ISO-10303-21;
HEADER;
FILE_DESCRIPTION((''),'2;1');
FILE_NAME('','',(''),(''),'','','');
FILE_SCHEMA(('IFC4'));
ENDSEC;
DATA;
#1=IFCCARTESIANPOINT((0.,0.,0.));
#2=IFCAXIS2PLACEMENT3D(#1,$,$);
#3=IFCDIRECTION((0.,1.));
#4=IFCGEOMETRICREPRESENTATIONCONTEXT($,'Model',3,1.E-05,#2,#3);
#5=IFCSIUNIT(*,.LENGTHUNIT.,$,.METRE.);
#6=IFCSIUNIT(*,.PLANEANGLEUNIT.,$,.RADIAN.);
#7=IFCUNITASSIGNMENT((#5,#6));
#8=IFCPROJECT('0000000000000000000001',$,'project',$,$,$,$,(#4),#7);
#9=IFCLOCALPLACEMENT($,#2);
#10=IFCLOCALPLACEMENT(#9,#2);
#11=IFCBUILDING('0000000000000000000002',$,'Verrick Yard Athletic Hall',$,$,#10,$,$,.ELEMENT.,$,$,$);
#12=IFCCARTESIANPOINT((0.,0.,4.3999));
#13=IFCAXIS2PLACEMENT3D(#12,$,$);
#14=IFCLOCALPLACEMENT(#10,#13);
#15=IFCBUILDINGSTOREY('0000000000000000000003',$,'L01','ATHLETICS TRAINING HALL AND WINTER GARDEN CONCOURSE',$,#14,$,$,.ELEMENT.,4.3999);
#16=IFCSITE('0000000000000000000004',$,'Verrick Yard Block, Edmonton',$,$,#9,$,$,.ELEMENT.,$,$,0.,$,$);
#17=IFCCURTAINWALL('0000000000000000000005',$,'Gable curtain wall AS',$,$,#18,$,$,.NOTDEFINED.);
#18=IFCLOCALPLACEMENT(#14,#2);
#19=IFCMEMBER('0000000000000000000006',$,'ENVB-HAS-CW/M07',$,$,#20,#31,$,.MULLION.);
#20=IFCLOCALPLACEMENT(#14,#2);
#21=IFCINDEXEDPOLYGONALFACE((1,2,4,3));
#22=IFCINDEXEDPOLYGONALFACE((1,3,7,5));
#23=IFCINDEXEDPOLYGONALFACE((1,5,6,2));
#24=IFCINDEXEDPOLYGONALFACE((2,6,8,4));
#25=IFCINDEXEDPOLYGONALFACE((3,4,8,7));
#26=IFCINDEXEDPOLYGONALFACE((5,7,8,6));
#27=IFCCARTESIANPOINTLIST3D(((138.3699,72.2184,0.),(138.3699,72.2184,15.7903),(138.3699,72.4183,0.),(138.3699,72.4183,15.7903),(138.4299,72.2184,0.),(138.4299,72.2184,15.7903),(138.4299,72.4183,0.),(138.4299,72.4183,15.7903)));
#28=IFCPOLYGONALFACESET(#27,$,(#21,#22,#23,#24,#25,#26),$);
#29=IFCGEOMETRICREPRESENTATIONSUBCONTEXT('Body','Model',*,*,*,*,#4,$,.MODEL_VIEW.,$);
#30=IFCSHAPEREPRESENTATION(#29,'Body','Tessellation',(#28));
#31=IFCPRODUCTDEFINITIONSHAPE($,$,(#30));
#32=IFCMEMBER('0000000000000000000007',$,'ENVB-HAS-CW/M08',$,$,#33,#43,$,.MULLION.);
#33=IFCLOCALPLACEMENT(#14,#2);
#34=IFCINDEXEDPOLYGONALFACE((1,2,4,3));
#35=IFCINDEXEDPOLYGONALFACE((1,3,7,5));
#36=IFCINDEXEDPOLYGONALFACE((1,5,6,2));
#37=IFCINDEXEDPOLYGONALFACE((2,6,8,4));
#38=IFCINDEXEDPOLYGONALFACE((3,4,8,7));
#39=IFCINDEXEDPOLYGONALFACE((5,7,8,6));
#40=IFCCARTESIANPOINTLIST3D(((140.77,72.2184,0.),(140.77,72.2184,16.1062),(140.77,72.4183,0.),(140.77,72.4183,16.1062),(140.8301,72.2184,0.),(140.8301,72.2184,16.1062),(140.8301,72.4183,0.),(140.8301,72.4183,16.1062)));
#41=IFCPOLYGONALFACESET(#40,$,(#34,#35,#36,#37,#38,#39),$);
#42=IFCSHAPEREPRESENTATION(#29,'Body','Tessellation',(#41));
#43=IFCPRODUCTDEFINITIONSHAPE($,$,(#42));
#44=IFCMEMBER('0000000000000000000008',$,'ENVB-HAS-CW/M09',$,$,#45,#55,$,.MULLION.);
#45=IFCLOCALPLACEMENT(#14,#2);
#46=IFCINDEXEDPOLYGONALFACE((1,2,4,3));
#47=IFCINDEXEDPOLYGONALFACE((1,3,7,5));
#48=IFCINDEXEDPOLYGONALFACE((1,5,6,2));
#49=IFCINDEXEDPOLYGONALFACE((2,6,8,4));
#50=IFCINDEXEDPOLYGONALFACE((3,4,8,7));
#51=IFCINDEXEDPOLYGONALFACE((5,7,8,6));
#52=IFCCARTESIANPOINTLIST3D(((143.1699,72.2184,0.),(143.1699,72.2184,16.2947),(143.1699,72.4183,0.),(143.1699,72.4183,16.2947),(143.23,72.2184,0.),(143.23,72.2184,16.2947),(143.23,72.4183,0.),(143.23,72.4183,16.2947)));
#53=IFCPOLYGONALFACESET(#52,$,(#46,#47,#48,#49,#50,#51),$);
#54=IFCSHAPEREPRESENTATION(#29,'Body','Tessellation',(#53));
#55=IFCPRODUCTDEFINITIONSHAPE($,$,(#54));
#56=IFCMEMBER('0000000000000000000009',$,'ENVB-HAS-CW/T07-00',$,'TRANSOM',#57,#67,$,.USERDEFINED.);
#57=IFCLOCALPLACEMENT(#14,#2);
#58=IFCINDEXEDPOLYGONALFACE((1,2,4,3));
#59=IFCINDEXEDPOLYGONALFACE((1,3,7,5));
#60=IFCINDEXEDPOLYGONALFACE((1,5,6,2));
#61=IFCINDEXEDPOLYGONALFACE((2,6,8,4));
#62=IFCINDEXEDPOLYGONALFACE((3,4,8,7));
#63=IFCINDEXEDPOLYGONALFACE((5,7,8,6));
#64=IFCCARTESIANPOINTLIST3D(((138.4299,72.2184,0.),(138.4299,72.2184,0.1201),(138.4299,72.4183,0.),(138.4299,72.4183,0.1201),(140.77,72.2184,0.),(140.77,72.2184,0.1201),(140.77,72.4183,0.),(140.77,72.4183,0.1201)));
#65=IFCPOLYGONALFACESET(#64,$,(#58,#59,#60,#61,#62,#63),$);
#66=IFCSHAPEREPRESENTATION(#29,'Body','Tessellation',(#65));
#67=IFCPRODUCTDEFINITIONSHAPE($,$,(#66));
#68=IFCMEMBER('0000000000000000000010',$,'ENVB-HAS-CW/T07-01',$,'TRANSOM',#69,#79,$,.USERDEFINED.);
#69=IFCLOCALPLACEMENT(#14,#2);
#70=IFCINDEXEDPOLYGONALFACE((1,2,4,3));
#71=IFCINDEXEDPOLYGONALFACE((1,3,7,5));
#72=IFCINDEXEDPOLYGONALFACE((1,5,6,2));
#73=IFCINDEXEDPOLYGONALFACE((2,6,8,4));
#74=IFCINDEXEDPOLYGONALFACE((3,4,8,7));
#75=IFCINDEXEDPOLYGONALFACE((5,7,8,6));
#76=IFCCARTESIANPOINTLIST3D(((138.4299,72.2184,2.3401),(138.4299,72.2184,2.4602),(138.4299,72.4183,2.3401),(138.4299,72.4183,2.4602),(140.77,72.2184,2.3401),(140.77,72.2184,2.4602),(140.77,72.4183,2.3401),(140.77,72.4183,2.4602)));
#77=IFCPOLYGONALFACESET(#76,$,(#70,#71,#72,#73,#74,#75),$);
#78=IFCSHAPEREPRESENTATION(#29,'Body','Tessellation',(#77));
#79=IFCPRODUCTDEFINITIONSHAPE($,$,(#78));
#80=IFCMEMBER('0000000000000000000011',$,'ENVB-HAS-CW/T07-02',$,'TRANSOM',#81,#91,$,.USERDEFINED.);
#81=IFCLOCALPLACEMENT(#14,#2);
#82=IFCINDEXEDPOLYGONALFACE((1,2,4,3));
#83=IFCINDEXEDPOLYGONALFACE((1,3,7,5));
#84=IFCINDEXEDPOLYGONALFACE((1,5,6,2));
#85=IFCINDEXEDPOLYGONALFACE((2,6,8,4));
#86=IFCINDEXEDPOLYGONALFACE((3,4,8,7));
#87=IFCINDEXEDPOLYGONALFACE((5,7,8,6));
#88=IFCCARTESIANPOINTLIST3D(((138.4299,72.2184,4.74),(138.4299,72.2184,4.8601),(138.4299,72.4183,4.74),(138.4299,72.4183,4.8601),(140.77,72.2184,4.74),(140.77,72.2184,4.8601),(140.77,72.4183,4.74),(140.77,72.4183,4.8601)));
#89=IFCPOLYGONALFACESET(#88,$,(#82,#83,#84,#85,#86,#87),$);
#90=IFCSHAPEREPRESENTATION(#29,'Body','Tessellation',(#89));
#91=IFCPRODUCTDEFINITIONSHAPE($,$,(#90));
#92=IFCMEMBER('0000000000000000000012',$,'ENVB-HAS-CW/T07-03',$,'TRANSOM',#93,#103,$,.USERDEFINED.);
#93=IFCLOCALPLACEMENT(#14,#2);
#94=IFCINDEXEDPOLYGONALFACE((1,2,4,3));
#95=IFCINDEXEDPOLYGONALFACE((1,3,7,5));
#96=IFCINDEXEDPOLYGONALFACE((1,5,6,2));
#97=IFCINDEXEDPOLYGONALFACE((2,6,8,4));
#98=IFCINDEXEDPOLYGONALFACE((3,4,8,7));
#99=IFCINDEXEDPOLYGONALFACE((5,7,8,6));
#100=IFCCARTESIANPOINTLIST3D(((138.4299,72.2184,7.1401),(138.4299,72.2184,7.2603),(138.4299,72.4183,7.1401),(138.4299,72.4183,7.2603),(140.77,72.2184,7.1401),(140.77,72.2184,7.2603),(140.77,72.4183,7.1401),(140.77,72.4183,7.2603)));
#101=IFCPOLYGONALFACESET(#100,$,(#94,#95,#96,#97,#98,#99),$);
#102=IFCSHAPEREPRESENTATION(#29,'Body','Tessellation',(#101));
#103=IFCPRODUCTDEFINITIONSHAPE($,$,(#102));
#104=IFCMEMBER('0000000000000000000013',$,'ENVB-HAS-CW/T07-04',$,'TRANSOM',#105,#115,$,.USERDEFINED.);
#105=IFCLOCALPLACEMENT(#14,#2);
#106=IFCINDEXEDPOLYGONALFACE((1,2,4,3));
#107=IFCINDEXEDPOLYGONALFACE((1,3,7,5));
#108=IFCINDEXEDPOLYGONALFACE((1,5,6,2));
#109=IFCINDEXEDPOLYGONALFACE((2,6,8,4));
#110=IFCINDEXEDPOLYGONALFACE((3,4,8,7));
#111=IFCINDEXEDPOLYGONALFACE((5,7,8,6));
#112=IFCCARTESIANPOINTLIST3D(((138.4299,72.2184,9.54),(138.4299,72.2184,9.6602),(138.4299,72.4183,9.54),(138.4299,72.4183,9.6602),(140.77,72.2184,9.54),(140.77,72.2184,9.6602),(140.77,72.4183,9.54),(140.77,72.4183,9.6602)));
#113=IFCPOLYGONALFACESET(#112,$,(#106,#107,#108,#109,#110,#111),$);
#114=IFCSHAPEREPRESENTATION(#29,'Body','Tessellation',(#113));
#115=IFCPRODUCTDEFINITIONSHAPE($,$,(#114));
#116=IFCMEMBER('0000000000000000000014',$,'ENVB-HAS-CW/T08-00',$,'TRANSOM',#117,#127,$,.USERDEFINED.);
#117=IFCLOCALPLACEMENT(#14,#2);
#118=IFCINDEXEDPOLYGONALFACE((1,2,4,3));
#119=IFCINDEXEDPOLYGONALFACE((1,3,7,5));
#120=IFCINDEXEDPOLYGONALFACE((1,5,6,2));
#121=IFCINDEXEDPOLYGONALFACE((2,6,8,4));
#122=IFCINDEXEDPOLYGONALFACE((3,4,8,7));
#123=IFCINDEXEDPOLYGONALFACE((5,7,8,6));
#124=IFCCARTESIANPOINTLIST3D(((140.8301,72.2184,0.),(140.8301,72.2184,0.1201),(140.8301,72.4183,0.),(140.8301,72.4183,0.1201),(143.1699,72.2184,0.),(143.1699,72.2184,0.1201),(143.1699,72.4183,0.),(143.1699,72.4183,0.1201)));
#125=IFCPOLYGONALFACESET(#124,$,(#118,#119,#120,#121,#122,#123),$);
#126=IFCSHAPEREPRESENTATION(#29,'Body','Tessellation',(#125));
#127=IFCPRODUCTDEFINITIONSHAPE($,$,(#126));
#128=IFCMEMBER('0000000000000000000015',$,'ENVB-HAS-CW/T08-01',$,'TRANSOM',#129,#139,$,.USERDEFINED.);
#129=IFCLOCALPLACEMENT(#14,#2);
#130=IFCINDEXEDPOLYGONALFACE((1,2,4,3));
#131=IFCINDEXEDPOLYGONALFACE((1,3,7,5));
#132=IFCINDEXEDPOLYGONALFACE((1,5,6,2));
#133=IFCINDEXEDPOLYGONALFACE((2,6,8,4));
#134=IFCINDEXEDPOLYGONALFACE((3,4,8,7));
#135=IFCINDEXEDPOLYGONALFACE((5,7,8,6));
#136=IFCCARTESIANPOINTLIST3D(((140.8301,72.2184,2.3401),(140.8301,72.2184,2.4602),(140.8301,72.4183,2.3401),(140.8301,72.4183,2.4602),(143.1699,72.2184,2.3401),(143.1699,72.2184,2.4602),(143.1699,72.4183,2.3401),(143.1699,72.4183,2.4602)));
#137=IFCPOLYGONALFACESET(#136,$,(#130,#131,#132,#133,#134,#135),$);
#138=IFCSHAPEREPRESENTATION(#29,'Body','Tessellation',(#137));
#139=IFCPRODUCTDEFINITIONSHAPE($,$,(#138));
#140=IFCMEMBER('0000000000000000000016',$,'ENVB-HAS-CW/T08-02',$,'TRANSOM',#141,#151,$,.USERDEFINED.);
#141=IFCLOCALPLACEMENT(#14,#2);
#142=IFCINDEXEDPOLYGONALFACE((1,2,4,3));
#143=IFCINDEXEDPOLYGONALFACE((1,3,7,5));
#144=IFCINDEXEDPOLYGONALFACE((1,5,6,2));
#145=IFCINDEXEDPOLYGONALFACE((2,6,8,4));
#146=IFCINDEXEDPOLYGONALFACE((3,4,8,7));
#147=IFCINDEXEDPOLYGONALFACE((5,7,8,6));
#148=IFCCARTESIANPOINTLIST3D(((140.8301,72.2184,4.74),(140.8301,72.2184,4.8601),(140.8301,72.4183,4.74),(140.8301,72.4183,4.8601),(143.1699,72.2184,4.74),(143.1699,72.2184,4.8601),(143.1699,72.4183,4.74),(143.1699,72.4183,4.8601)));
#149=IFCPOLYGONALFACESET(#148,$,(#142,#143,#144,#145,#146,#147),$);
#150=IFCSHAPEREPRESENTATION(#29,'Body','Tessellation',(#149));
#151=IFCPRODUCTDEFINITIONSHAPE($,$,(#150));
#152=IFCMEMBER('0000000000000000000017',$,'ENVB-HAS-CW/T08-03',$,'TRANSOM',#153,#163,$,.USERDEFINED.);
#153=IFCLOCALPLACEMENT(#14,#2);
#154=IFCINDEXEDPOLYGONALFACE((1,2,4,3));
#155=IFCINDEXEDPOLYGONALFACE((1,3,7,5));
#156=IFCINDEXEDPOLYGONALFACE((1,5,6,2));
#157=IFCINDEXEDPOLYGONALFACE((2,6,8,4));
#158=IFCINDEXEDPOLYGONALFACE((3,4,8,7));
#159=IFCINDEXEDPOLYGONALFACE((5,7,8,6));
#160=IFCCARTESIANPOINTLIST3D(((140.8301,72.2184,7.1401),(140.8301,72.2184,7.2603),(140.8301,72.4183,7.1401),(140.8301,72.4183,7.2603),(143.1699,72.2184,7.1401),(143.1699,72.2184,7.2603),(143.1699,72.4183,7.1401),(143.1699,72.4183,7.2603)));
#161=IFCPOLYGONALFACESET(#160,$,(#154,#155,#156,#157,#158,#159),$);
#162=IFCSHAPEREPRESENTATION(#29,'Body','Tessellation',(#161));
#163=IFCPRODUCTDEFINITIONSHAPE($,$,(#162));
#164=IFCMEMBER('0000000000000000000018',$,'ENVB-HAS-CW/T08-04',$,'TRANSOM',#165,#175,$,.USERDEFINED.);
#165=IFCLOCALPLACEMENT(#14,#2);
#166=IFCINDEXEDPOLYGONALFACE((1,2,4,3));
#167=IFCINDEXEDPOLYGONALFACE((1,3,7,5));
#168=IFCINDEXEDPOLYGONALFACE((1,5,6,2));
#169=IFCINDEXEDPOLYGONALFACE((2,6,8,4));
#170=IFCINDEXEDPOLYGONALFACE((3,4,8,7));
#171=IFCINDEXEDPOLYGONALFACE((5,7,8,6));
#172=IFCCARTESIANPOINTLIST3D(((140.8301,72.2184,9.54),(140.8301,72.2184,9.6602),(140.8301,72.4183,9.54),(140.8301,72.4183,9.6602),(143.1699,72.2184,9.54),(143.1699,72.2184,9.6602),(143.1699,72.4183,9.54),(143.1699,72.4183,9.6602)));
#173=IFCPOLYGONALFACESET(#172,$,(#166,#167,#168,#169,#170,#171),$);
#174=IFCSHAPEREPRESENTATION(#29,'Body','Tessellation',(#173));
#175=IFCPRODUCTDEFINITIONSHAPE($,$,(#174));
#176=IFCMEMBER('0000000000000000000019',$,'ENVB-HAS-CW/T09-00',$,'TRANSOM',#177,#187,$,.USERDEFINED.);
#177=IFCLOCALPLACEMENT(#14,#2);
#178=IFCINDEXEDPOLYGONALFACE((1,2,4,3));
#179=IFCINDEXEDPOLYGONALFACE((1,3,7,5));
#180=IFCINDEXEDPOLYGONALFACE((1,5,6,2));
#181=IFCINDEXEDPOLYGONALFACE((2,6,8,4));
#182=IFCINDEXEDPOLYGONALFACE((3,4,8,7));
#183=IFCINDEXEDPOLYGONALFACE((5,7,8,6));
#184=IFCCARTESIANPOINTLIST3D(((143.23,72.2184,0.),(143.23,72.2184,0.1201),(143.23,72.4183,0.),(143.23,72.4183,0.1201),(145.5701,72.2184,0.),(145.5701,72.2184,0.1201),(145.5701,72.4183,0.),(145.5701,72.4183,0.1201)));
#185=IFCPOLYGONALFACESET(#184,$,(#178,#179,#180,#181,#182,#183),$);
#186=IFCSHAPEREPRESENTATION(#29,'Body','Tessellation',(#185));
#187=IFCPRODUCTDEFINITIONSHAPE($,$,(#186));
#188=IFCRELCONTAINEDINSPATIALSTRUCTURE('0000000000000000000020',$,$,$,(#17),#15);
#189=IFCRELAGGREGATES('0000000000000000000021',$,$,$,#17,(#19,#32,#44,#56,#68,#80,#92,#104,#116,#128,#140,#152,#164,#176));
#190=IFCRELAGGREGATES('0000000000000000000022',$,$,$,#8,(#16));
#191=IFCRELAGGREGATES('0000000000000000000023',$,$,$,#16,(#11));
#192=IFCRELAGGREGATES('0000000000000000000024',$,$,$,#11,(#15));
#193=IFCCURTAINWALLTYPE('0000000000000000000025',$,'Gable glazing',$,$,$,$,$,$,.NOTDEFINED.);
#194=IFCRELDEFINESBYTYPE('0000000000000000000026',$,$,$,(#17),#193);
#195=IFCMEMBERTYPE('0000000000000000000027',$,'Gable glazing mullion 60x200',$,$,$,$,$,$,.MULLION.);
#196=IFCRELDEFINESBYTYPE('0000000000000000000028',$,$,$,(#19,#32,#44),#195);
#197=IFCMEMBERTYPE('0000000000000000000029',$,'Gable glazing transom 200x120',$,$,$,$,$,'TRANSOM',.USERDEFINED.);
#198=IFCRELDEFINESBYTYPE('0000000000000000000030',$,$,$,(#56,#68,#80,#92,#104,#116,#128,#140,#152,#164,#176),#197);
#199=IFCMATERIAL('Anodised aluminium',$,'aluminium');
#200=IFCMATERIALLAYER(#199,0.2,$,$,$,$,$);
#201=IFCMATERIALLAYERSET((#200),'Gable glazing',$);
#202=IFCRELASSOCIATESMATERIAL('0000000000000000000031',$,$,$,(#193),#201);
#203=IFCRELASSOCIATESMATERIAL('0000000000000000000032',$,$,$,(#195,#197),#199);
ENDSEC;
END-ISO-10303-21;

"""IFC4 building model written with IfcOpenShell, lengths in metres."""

from ifc_helpers import new_model, si_unit, direction, frame, origin, origin_2d, place, context, subcontext, project, spatial, rectangle, extrude, material, layer, layer_set, material_profile, profile_set, type_object, element, aggregate, save


model = new_model("IFC4")

# Units and contexts
model_context = context("Model", 3, precision=1e-05, world=origin(), true_north=direction((0.0, 1.0)))
body_context = subcontext(model_context, "Body", "Model", "MODEL_VIEW")
ifc_project = project(units=[si_unit("LENGTHUNIT", "METRE"), si_unit("PLANEANGLEUNIT", "RADIAN")], contexts=[model_context])

# Site, building, storey
site_placement = place(None, origin())
site = spatial("IfcSite", under=ifc_project, at=site_placement, Name="Verrick Yard Block, Edmonton", CompositionType="ELEMENT", RefElevation=0.0)
building_placement = place(site_placement, origin())
building = spatial("IfcBuilding", under=site, at=building_placement, Name="Verrick Yard Athletic Hall", CompositionType="ELEMENT")
storey_placement = place(building_placement, frame((0.0, 0.0, 4.3999)))
storey = spatial("IfcBuildingStorey", under=building, at=storey_placement, Name="L01", Description="ATHLETICS TRAINING HALL AND WINTER GARDEN CONCOURSE", CompositionType="ELEMENT", Elevation=4.3999)

# Curtain wall, members
ifc_material_1 = material(Name="Anodised aluminium", Category="aluminium")
ifc_layer_1 = layer(ifc_material_1, 0.2)
ifc_layer_set_1 = layer_set([ifc_layer_1], Name="Gable glazing")
curtain_wall_type = type_object("IfcCurtainWallType", Name="Gable glazing", PredefinedType="NOTDEFINED", material=ifc_layer_set_1)
curtain_wall_placement = place(storey_placement, origin())
curtain_wall = element("IfcCurtainWall", 1, at=curtain_wall_placement, inside=storey, type_object=curtain_wall_type, Name="Gable curtain wall AS", PredefinedType="NOTDEFINED")
ifc_material_profile_1 = material_profile(ifc_material_1, rectangle(XDim=0.2, YDim=0.0601, at=origin_2d()), Name="CW gable mullion 60x200")
ifc_profile_set_1 = profile_set([ifc_material_profile_1], Name="Anodised aluminium")
member_type_1 = type_object("IfcMemberType", Name="Gable glazing mullion 60x200", PredefinedType="MULLION", material=ifc_profile_set_1)
member_1_placement = place(storey_placement, frame((138.3999, 72.3184, 0.0), z_axis=(0.0, 0.0, 1.0), x_axis=(0.0, 1.0, 0.0)))
member_1 = element("IfcMember", 2, at=member_1_placement, type_object=member_type_1, Name="ENVB-HAS-CW/M07", PredefinedType="MULLION", context=body_context, shape_type="SweptSolid", body=[
    extrude(rectangle(XDim=0.2, YDim=0.0601, at=origin_2d()), origin(), (0.0, 0.0, 1.0), 15.7903),
])
member_2_placement = place(storey_placement, frame((140.8, 72.3184, 0.0), z_axis=(0.0, 0.0, 1.0), x_axis=(0.0, 1.0, 0.0)))
member_2 = element("IfcMember", 3, at=member_2_placement, type_object=member_type_1, Name="ENVB-HAS-CW/M08", PredefinedType="MULLION", context=body_context, shape_type="SweptSolid", body=[
    extrude(rectangle(XDim=0.2, YDim=0.0601, at=origin_2d()), origin(), (0.0, 0.0, 1.0), 16.1062),
])
member_3_placement = place(storey_placement, frame((143.2, 72.3184, 0.0), z_axis=(0.0, 0.0, 1.0), x_axis=(0.0, 1.0, 0.0)))
member_3 = element("IfcMember", 4, at=member_3_placement, type_object=member_type_1, Name="ENVB-HAS-CW/M09", PredefinedType="MULLION", context=body_context, shape_type="SweptSolid", body=[
    extrude(rectangle(XDim=0.2, YDim=0.0601, at=origin_2d()), origin(), (0.0, 0.0, 1.0), 16.2947),
])
ifc_material_profile_2 = material_profile(ifc_material_1, rectangle(XDim=0.2, YDim=0.1201, at=origin_2d()), Name="CW gable transom 200x120")
ifc_profile_set_2 = profile_set([ifc_material_profile_2], Name="Anodised aluminium")
member_type_2 = type_object("IfcMemberType", Name="Gable glazing transom 200x120", ElementType="TRANSOM", PredefinedType="USERDEFINED", material=ifc_profile_set_2)
member_4_placement = place(storey_placement, frame((138.4299, 72.3184, 0.0601), z_axis=(1.0, 0.0, 0.0), x_axis=(0.0, 1.0, 0.0)))
member_4 = element("IfcMember", 5, at=member_4_placement, type_object=member_type_2, Name="ENVB-HAS-CW/T07-00", ObjectType="TRANSOM", PredefinedType="USERDEFINED", context=body_context, shape_type="SweptSolid", body=[
    extrude(rectangle(XDim=0.2, YDim=0.1201, at=origin_2d()), origin(), (0.0, 0.0, 1.0), 2.3401),
])
member_5_placement = place(storey_placement, frame((138.4299, 72.3184, 2.4001), z_axis=(1.0, 0.0, 0.0), x_axis=(0.0, 1.0, 0.0)))
member_5 = element("IfcMember", 6, at=member_5_placement, type_object=member_type_2, Name="ENVB-HAS-CW/T07-01", ObjectType="TRANSOM", PredefinedType="USERDEFINED", context=body_context, shape_type="SweptSolid", body=[
    extrude(rectangle(XDim=0.2, YDim=0.1201, at=origin_2d()), origin(), (0.0, 0.0, 1.0), 2.3401),
])
member_6_placement = place(storey_placement, frame((138.4299, 72.3184, 4.8), z_axis=(1.0, 0.0, 0.0), x_axis=(0.0, 1.0, 0.0)))
member_6 = element("IfcMember", 7, at=member_6_placement, type_object=member_type_2, Name="ENVB-HAS-CW/T07-02", ObjectType="TRANSOM", PredefinedType="USERDEFINED", context=body_context, shape_type="SweptSolid", body=[
    extrude(rectangle(XDim=0.2, YDim=0.1201, at=origin_2d()), origin(), (0.0, 0.0, 1.0), 2.3401),
])
member_7_placement = place(storey_placement, frame((138.4299, 72.3184, 7.2002), z_axis=(1.0, 0.0, 0.0), x_axis=(0.0, 1.0, 0.0)))
member_7 = element("IfcMember", 8, at=member_7_placement, type_object=member_type_2, Name="ENVB-HAS-CW/T07-03", ObjectType="TRANSOM", PredefinedType="USERDEFINED", context=body_context, shape_type="SweptSolid", body=[
    extrude(rectangle(XDim=0.2, YDim=0.1201, at=origin_2d()), origin(), (0.0, 0.0, 1.0), 2.3401),
])
member_8_placement = place(storey_placement, frame((138.4299, 72.3184, 9.6001), z_axis=(1.0, 0.0, 0.0), x_axis=(0.0, 1.0, 0.0)))
member_8 = element("IfcMember", 9, at=member_8_placement, type_object=member_type_2, Name="ENVB-HAS-CW/T07-04", ObjectType="TRANSOM", PredefinedType="USERDEFINED", context=body_context, shape_type="SweptSolid", body=[
    extrude(rectangle(XDim=0.2, YDim=0.1201, at=origin_2d()), origin(), (0.0, 0.0, 1.0), 2.3401),
])
member_9_placement = place(storey_placement, frame((140.8301, 72.3184, 0.0601), z_axis=(1.0, 0.0, 0.0), x_axis=(0.0, 1.0, 0.0)))
member_9 = element("IfcMember", 10, at=member_9_placement, type_object=member_type_2, Name="ENVB-HAS-CW/T08-00", ObjectType="TRANSOM", PredefinedType="USERDEFINED", context=body_context, shape_type="SweptSolid", body=[
    extrude(rectangle(XDim=0.2, YDim=0.1201, at=origin_2d()), origin(), (0.0, 0.0, 1.0), 2.3398),
])
member_10_placement = place(storey_placement, frame((140.8301, 72.3184, 2.4001), z_axis=(1.0, 0.0, 0.0), x_axis=(0.0, 1.0, 0.0)))
member_10 = element("IfcMember", 11, at=member_10_placement, type_object=member_type_2, Name="ENVB-HAS-CW/T08-01", ObjectType="TRANSOM", PredefinedType="USERDEFINED", context=body_context, shape_type="SweptSolid", body=[
    extrude(rectangle(XDim=0.2, YDim=0.1201, at=origin_2d()), origin(), (0.0, 0.0, 1.0), 2.3398),
])
member_11_placement = place(storey_placement, frame((140.8301, 72.3184, 4.8), z_axis=(1.0, 0.0, 0.0), x_axis=(0.0, 1.0, 0.0)))
member_11 = element("IfcMember", 12, at=member_11_placement, type_object=member_type_2, Name="ENVB-HAS-CW/T08-02", ObjectType="TRANSOM", PredefinedType="USERDEFINED", context=body_context, shape_type="SweptSolid", body=[
    extrude(rectangle(XDim=0.2, YDim=0.1201, at=origin_2d()), origin(), (0.0, 0.0, 1.0), 2.3398),
])
member_12_placement = place(storey_placement, frame((140.8301, 72.3184, 7.2002), z_axis=(1.0, 0.0, 0.0), x_axis=(0.0, 1.0, 0.0)))
member_12 = element("IfcMember", 13, at=member_12_placement, type_object=member_type_2, Name="ENVB-HAS-CW/T08-03", ObjectType="TRANSOM", PredefinedType="USERDEFINED", context=body_context, shape_type="SweptSolid", body=[
    extrude(rectangle(XDim=0.2, YDim=0.1201, at=origin_2d()), origin(), (0.0, 0.0, 1.0), 2.3398),
])
member_13_placement = place(storey_placement, frame((140.8301, 72.3184, 9.6001), z_axis=(1.0, 0.0, 0.0), x_axis=(0.0, 1.0, 0.0)))
member_13 = element("IfcMember", 14, at=member_13_placement, type_object=member_type_2, Name="ENVB-HAS-CW/T08-04", ObjectType="TRANSOM", PredefinedType="USERDEFINED", context=body_context, shape_type="SweptSolid", body=[
    extrude(rectangle(XDim=0.2, YDim=0.1201, at=origin_2d()), origin(), (0.0, 0.0, 1.0), 2.3398),
])
member_14_placement = place(storey_placement, frame((143.23, 72.3184, 0.0601), z_axis=(1.0, 0.0, 0.0), x_axis=(0.0, 1.0, 0.0)))
member_14 = element("IfcMember", 15, at=member_14_placement, type_object=member_type_2, Name="ENVB-HAS-CW/T09-00", ObjectType="TRANSOM", PredefinedType="USERDEFINED", context=body_context, shape_type="SweptSolid", body=[
    extrude(rectangle(XDim=0.2, YDim=0.1201, at=origin_2d()), origin(), (0.0, 0.0, 1.0), 2.3401),
])
aggregate(curtain_wall, [member_1, member_2, member_3, member_4, member_5, member_6, member_7, member_8, member_9, member_10, member_11, member_12, member_13, member_14])

save(model, "model.ifc")
